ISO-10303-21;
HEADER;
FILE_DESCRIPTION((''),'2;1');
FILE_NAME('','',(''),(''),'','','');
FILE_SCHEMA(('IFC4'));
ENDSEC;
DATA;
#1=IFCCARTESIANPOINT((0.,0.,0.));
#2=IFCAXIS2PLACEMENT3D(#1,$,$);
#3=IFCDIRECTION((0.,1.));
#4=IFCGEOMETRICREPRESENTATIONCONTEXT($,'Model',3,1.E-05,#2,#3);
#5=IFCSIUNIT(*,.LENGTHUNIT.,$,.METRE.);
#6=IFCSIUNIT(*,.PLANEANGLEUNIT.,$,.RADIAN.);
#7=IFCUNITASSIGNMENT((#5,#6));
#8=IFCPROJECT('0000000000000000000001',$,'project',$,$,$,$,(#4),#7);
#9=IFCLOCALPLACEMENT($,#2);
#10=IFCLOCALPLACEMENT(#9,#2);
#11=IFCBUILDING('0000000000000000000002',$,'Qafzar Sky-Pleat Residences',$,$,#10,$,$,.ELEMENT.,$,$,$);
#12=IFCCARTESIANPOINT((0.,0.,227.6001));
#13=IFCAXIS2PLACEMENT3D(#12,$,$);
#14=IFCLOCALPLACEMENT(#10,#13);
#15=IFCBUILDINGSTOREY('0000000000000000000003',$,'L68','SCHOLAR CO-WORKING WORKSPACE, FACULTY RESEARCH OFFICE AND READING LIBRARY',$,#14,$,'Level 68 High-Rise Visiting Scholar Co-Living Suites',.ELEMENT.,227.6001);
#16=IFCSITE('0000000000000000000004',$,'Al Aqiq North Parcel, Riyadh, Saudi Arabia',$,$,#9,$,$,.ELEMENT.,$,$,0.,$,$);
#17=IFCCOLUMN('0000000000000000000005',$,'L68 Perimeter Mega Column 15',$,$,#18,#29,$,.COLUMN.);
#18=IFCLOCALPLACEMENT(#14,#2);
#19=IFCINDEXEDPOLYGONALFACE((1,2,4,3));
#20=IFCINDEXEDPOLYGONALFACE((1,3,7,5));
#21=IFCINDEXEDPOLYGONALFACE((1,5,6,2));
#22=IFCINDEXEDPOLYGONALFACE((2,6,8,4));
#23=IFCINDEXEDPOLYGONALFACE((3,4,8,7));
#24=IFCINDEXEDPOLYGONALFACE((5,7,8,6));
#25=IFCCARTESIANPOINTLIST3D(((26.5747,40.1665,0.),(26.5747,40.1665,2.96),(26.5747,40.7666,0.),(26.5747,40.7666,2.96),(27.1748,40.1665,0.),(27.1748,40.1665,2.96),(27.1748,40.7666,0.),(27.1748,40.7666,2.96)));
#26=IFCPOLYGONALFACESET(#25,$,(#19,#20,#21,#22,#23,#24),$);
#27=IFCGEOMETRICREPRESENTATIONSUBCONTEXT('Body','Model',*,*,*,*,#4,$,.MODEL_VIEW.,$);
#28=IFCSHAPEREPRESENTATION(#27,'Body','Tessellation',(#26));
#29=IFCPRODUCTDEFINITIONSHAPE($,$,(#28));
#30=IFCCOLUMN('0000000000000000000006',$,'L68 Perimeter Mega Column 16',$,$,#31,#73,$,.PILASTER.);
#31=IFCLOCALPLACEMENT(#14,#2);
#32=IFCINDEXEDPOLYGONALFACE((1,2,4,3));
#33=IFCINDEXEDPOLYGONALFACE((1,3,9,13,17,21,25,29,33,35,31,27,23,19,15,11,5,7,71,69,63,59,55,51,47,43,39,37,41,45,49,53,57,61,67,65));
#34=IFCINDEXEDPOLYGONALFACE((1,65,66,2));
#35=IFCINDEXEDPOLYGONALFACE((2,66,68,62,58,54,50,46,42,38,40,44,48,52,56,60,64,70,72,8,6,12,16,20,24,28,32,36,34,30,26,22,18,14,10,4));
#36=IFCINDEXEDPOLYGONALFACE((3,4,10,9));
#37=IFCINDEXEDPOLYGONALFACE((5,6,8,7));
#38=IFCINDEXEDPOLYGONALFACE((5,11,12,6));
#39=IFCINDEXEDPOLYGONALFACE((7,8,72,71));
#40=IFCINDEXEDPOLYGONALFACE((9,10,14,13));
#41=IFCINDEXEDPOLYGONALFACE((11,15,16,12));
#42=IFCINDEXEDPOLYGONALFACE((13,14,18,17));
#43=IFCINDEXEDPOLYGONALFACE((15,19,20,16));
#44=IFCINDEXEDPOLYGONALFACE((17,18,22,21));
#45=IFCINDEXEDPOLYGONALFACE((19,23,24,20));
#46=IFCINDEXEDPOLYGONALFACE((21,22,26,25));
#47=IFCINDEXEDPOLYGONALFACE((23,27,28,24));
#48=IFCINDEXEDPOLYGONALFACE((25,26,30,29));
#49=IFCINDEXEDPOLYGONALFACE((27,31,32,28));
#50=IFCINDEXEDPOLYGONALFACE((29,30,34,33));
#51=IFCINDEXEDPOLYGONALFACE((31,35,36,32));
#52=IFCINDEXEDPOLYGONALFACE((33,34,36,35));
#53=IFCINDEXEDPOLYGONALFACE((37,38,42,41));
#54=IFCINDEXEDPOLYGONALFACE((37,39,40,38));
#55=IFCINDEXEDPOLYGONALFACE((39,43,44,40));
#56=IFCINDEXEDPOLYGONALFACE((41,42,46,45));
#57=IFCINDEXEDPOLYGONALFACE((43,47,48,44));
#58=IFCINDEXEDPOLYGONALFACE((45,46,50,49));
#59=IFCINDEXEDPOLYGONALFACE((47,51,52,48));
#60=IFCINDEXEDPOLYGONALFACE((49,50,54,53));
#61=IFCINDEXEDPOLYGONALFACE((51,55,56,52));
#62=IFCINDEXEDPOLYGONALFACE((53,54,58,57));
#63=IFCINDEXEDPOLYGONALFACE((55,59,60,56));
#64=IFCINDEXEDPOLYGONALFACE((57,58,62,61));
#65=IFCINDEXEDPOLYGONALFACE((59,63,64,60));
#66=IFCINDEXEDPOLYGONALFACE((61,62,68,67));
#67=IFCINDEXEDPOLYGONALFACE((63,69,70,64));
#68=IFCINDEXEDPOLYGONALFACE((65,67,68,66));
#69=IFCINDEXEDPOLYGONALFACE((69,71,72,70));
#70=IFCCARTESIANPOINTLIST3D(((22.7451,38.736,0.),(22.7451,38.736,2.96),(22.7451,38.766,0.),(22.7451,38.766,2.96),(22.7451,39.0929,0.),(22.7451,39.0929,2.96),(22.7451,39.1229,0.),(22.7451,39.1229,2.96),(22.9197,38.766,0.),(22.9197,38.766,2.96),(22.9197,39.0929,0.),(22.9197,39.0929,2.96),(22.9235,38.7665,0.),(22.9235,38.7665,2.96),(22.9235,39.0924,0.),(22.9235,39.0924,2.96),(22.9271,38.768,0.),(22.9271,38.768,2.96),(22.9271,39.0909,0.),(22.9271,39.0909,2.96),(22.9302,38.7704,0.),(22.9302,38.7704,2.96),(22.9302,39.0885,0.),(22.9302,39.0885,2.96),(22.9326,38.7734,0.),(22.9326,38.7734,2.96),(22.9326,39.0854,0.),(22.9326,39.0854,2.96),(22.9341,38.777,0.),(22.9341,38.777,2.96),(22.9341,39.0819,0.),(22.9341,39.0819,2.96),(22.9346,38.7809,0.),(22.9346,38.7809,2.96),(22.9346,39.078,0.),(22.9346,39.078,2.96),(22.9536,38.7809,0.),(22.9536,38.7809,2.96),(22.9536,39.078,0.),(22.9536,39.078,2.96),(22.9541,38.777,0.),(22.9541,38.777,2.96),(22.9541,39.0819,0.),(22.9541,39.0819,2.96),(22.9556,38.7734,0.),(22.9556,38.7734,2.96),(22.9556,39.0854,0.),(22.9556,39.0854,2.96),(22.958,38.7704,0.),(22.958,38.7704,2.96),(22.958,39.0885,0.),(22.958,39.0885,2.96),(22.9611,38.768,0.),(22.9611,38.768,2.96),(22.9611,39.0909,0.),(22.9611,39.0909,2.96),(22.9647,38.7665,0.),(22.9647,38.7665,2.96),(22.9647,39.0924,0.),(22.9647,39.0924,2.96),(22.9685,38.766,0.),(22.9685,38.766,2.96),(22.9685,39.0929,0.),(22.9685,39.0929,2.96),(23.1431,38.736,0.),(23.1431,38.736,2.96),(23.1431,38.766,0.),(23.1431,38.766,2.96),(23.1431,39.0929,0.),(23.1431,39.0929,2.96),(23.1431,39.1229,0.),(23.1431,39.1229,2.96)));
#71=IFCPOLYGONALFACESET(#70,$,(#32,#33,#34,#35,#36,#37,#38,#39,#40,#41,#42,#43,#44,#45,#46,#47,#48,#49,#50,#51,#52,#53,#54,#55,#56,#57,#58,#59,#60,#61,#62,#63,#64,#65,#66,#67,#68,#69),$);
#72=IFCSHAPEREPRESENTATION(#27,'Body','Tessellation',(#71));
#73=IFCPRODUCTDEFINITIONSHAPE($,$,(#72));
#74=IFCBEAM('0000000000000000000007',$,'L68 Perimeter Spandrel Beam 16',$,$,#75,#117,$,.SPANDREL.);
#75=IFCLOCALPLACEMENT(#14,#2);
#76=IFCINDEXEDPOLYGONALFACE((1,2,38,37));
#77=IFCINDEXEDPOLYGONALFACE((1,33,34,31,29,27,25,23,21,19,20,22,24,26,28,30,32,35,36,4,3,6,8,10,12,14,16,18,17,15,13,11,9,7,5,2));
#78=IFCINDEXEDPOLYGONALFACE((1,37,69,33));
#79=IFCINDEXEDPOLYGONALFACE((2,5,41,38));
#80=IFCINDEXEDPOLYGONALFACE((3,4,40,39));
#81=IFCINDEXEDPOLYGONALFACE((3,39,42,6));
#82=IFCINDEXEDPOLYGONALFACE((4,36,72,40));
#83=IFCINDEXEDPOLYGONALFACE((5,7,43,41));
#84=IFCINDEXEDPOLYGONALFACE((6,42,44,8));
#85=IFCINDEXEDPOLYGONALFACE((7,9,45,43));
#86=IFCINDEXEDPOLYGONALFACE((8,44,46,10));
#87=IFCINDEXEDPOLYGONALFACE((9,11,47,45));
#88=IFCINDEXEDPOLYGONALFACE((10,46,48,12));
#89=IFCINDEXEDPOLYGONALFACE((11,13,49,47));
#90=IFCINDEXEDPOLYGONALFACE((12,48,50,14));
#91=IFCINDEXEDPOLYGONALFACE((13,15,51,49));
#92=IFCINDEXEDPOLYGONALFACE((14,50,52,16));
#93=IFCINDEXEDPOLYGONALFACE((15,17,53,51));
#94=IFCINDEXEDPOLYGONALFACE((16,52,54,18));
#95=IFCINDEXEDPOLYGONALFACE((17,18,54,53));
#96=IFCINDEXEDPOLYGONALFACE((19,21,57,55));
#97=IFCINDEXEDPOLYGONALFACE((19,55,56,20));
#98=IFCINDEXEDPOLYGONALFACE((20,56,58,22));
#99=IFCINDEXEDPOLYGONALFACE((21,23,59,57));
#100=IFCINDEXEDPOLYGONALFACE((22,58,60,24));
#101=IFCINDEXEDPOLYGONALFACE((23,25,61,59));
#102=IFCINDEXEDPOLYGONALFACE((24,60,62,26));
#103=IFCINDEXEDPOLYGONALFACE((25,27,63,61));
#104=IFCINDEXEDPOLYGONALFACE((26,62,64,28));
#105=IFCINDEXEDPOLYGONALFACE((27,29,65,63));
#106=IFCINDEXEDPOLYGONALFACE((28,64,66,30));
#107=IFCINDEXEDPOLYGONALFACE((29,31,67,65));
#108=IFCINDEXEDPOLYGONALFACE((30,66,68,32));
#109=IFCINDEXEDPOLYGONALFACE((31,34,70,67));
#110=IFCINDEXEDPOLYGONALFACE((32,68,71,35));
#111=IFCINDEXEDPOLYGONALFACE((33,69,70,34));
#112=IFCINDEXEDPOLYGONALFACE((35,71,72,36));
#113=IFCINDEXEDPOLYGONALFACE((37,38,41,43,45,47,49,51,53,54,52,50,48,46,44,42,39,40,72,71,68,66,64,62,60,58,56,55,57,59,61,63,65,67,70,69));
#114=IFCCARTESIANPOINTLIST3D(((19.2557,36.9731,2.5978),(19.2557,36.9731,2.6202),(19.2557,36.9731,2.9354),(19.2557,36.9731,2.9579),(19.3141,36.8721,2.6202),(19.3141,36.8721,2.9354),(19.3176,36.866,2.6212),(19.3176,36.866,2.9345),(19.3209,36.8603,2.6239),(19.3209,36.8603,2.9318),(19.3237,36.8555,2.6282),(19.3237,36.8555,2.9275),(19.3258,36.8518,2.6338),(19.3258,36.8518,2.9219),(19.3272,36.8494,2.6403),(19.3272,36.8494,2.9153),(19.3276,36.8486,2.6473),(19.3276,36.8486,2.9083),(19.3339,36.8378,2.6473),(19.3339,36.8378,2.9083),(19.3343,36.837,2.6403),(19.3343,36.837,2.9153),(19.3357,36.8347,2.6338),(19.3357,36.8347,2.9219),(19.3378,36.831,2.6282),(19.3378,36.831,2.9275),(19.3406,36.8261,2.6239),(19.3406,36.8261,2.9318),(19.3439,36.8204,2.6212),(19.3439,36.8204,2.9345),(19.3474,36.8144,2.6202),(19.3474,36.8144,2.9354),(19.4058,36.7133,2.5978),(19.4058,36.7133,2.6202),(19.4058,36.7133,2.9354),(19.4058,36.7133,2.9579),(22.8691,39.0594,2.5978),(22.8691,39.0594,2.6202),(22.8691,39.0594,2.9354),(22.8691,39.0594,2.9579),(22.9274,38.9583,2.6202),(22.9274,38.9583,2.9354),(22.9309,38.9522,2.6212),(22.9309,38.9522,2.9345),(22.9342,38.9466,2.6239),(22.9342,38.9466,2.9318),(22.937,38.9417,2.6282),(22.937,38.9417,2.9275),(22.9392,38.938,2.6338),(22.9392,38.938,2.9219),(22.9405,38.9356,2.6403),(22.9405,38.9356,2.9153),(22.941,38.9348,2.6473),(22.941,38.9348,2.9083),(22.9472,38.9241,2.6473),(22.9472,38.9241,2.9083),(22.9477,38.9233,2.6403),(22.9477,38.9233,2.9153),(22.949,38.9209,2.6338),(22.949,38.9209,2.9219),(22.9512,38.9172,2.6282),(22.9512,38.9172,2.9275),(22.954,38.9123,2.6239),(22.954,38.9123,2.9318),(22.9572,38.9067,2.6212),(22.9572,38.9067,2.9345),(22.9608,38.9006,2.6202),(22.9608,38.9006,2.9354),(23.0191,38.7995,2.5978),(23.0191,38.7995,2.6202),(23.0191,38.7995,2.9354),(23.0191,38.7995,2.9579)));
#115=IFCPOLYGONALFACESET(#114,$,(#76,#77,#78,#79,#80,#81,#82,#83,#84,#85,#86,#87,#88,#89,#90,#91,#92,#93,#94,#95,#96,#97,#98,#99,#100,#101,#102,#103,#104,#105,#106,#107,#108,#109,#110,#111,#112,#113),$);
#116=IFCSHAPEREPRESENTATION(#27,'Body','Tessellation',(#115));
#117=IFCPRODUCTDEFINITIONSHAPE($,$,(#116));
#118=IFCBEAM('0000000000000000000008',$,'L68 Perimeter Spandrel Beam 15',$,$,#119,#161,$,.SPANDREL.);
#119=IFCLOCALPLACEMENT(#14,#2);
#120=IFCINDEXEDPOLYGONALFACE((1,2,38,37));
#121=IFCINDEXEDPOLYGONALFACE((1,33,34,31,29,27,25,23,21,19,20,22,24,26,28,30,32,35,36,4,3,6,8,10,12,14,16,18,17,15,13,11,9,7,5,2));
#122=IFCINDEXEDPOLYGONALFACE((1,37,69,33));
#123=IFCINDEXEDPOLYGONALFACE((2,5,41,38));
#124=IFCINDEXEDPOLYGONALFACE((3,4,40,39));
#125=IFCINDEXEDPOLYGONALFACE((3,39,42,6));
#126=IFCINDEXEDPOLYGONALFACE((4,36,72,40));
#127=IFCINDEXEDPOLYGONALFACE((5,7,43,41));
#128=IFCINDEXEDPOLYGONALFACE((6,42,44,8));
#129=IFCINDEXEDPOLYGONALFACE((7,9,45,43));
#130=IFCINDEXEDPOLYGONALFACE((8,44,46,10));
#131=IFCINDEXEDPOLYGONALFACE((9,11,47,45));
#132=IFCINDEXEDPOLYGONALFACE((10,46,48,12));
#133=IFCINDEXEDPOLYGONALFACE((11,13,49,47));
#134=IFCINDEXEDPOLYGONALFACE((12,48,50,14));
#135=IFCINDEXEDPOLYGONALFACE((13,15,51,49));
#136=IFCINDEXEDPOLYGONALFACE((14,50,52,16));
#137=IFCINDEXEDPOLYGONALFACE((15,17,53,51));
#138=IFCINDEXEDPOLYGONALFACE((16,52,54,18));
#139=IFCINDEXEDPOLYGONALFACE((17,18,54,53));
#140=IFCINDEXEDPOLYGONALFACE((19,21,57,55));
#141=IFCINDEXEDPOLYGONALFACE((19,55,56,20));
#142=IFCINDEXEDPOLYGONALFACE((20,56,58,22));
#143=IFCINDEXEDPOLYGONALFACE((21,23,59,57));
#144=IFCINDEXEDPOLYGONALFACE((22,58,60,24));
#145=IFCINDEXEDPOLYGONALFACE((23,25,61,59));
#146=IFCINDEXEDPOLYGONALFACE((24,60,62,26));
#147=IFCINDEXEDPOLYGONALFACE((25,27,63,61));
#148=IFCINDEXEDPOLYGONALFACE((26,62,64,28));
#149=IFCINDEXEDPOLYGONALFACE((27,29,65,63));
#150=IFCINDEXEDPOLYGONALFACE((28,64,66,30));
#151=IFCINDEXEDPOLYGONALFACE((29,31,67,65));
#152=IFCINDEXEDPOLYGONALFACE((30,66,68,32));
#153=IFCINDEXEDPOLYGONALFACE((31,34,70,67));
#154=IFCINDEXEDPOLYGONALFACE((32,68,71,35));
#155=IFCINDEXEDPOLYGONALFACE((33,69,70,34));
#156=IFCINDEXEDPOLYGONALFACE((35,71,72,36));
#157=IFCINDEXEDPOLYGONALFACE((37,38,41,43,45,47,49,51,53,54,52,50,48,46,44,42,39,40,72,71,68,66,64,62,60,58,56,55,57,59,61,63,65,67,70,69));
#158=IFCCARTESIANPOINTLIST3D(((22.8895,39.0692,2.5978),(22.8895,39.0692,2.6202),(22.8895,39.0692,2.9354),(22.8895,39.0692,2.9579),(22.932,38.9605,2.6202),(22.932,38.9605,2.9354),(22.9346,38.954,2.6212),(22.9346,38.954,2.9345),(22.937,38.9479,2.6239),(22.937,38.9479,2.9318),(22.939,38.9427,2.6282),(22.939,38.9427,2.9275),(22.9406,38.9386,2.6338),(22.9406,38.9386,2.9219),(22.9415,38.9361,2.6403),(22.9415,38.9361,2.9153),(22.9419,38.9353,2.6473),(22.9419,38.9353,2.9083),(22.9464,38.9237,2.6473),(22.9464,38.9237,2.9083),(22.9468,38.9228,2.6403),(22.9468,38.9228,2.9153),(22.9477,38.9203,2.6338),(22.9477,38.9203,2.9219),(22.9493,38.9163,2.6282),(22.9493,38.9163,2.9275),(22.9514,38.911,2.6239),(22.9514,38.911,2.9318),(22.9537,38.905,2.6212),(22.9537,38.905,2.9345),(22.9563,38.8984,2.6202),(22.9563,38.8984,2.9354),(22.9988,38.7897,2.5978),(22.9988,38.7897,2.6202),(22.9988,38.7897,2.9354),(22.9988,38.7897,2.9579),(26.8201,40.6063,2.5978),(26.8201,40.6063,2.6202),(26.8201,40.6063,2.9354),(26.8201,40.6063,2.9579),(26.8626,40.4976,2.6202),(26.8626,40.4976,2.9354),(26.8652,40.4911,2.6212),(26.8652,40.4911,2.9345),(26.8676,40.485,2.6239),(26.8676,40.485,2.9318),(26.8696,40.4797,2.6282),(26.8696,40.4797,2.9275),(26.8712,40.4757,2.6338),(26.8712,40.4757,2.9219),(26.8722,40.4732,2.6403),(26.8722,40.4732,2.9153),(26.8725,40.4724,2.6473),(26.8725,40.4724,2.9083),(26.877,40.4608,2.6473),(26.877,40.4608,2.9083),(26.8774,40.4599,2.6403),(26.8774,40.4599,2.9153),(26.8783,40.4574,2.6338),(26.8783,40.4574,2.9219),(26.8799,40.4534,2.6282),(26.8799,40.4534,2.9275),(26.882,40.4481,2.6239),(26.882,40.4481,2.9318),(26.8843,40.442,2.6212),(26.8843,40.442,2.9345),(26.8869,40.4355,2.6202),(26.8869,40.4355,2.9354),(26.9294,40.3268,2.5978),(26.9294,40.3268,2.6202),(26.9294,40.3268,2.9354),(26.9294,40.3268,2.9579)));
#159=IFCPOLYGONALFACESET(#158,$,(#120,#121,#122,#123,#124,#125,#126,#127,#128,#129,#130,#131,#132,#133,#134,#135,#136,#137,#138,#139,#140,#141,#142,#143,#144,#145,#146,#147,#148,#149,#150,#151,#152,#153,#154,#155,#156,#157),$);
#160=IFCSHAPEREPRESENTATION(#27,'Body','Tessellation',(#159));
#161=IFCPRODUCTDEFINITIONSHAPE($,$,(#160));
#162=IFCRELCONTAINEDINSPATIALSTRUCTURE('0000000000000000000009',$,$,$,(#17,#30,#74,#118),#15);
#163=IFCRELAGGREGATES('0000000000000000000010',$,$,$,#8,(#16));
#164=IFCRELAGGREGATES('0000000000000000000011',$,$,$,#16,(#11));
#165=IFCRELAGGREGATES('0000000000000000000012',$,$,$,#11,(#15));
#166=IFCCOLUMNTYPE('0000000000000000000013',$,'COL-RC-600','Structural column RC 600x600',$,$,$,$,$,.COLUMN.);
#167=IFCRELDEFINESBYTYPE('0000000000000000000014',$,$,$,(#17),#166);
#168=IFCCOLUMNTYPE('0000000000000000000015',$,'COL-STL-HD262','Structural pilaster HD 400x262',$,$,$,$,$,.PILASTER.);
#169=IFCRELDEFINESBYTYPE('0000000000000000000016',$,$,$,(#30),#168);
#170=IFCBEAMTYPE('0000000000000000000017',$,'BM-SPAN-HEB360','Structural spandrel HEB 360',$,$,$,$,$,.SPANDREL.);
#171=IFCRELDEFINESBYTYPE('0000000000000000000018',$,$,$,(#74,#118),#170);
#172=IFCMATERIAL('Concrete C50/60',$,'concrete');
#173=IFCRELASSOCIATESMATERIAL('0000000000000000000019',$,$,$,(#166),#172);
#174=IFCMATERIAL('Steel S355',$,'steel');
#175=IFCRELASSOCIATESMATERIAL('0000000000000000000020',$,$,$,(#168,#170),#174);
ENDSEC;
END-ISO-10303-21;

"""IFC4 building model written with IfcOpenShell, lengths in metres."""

from ifc_helpers import new_model, si_unit, direction, frame, origin, origin_2d, place, context, subcontext, project, spatial, rectangle, i_section, extrude, source, transform, mapped, material, material_profile, profile_set, type_object, element, save


model = new_model("IFC4")

# Units and contexts
model_context = context("Model", 3, precision=1e-05, world=origin(), true_north=direction((0.0, 1.0)))
body_context = subcontext(model_context, "Body", "Model", "MODEL_VIEW")
ifc_project = project(units=[si_unit("LENGTHUNIT", "METRE"), si_unit("PLANEANGLEUNIT", "RADIAN")], contexts=[model_context])

# Site, building, storey
site_placement = place(None, origin())
site = spatial("IfcSite", under=ifc_project, at=site_placement, Name="Al Aqiq North Parcel, Riyadh, Saudi Arabia", CompositionType="ELEMENT", RefElevation=0.0)
building_placement = place(site_placement, origin())
building = spatial("IfcBuilding", under=site, at=building_placement, Name="Qafzar Sky-Pleat Residences", CompositionType="ELEMENT")
storey_placement = place(building_placement, frame((0.0, 0.0, 227.6001)))
storey = spatial("IfcBuildingStorey", under=building, at=storey_placement, Name="L68", Description="SCHOLAR CO-WORKING WORKSPACE, FACULTY RESEARCH OFFICE AND READING LIBRARY", LongName="Level 68 High-Rise Visiting Scholar Co-Living Suites", CompositionType="ELEMENT", Elevation=227.6001)

# Columns
ifc_material_1 = material(Name="Concrete C50/60", Category="concrete")
ifc_material_profile_1 = material_profile(ifc_material_1, rectangle(XDim=0.6001, YDim=0.6001, at=origin_2d()), Name="RC 600x600")
ifc_profile_set_1 = profile_set([ifc_material_profile_1], Name="Concrete C50/60")
column_type_1 = type_object("IfcColumnType", Name="COL-RC-600", Description="Structural column RC 600x600", PredefinedType="COLUMN", material=ifc_profile_set_1)
shared_shape_1 = source(origin(), body_context, "Body", "SweptSolid", [
    extrude(rectangle(XDim=0.6001, YDim=0.6001, at=origin_2d()), origin(), (0.0, 0.0, 1.0), 2.96),
])
column_1_placement = place(storey_placement, frame((26.8748, 40.4666, 0.0), z_axis=(0.0, 0.0, 1.0), x_axis=(1.0, 0.0, 0.0)))
element("IfcColumn", 1, at=column_1_placement, inside=storey, type_object=column_type_1, Name="L68 Perimeter Mega Column 15", PredefinedType="COLUMN", context=body_context, shape_type="MappedRepresentation", body=[
    mapped(shared_shape_1, transform((0.0, 0.0, 0.0), x_axis=(1.0, 0.0, 0.0), y_axis=(0.0, 1.0, 0.0), z_axis=(0.0, 0.0, 1.0), scale=1.0)),
])
ifc_material_2 = material(Name="Steel S355", Category="steel")
ifc_material_profile_2 = material_profile(ifc_material_2, i_section(OverallWidth=0.3979, OverallDepth=0.387, WebThickness=0.019, FlangeThickness=0.03, FilletRadius=0.0149, at=origin_2d()), Name="HD 400x262")
ifc_profile_set_2 = profile_set([ifc_material_profile_2], Name="Steel S355")
column_type_2 = type_object("IfcColumnType", Name="COL-STL-HD262", Description="Structural pilaster HD 400x262", PredefinedType="PILASTER", material=ifc_profile_set_2)
shared_shape_2 = source(origin(), body_context, "Body", "SweptSolid", [
    extrude(i_section(OverallWidth=0.3979, OverallDepth=0.387, WebThickness=0.019, FlangeThickness=0.03, FilletRadius=0.0149, at=origin_2d()), origin(), (0.0, 0.0, 1.0), 2.96),
])
column_2_placement = place(storey_placement, frame((22.9441, 38.9294, 0.0), z_axis=(0.0, 0.0, 1.0), x_axis=(1.0, 0.0, 0.0)))
element("IfcColumn", 2, at=column_2_placement, inside=storey, type_object=column_type_2, Name="L68 Perimeter Mega Column 16", PredefinedType="PILASTER", context=body_context, shape_type="MappedRepresentation", body=[
    mapped(shared_shape_2, transform((0.0, 0.0, 0.0), x_axis=(1.0, 0.0, 0.0), y_axis=(0.0, 1.0, 0.0), z_axis=(0.0, 0.0, 1.0), scale=1.0)),
])

# Beams
ifc_material_profile_3 = material_profile(ifc_material_2, i_section(OverallWidth=0.3, OverallDepth=0.3601, WebThickness=0.0125, FlangeThickness=0.0225, FilletRadius=0.0271, at=origin_2d()), Name="HEB 360")
ifc_profile_set_3 = profile_set([ifc_material_profile_3], Name="Steel S355")
beam_type_1 = type_object("IfcBeamType", Name="BM-SPAN-HEB360", Description="Structural spandrel HEB 360", PredefinedType="SPANDREL", material=ifc_profile_set_3)
shared_shape_3 = source(origin(), body_context, "Body", "SweptSolid", [
    extrude(i_section(OverallWidth=0.3, OverallDepth=0.3601, WebThickness=0.0125, FlangeThickness=0.0225, FilletRadius=0.0271, at=origin_2d()), origin(), (0.0, 0.0, 1.0), 4.1724),
])
beam_1_placement = place(storey_placement, frame((22.9441, 38.9294, 2.7778), z_axis=(-0.86602, -0.500009, 0.0), x_axis=(0.500009, -0.86602, 0.0)))
element("IfcBeam", 3, at=beam_1_placement, inside=storey, type_object=beam_type_1, Name="L68 Perimeter Spandrel Beam 16", PredefinedType="SPANDREL", context=body_context, shape_type="MappedRepresentation", body=[
    mapped(shared_shape_3, transform((0.0, 0.0, 0.0), x_axis=(1.0, 0.0, 0.0), y_axis=(0.0, 1.0, 0.0), z_axis=(0.0, 0.0, 1.0), scale=1.0)),
])
shared_shape_4 = source(origin(), body_context, "Body", "SweptSolid", [
    extrude(i_section(OverallWidth=0.3, OverallDepth=0.3601, WebThickness=0.0125, FlangeThickness=0.0225, FilletRadius=0.0271, at=origin_2d()), origin(), (0.0, 0.0, 1.0), 4.2205),
])
beam_2_placement = place(storey_placement, frame((26.8748, 40.4666, 2.7778), z_axis=(-0.931321, -0.364199, 0.0), x_axis=(0.364199, -0.931321, 0.0)))
element("IfcBeam", 4, at=beam_2_placement, inside=storey, type_object=beam_type_1, Name="L68 Perimeter Spandrel Beam 15", PredefinedType="SPANDREL", context=body_context, shape_type="MappedRepresentation", body=[
    mapped(shared_shape_4, transform((0.0, 0.0, 0.0), x_axis=(1.0, 0.0, 0.0), y_axis=(0.0, 1.0, 0.0), z_axis=(0.0, 0.0, 1.0), scale=1.0)),
])

save(model, "model.ifc")
